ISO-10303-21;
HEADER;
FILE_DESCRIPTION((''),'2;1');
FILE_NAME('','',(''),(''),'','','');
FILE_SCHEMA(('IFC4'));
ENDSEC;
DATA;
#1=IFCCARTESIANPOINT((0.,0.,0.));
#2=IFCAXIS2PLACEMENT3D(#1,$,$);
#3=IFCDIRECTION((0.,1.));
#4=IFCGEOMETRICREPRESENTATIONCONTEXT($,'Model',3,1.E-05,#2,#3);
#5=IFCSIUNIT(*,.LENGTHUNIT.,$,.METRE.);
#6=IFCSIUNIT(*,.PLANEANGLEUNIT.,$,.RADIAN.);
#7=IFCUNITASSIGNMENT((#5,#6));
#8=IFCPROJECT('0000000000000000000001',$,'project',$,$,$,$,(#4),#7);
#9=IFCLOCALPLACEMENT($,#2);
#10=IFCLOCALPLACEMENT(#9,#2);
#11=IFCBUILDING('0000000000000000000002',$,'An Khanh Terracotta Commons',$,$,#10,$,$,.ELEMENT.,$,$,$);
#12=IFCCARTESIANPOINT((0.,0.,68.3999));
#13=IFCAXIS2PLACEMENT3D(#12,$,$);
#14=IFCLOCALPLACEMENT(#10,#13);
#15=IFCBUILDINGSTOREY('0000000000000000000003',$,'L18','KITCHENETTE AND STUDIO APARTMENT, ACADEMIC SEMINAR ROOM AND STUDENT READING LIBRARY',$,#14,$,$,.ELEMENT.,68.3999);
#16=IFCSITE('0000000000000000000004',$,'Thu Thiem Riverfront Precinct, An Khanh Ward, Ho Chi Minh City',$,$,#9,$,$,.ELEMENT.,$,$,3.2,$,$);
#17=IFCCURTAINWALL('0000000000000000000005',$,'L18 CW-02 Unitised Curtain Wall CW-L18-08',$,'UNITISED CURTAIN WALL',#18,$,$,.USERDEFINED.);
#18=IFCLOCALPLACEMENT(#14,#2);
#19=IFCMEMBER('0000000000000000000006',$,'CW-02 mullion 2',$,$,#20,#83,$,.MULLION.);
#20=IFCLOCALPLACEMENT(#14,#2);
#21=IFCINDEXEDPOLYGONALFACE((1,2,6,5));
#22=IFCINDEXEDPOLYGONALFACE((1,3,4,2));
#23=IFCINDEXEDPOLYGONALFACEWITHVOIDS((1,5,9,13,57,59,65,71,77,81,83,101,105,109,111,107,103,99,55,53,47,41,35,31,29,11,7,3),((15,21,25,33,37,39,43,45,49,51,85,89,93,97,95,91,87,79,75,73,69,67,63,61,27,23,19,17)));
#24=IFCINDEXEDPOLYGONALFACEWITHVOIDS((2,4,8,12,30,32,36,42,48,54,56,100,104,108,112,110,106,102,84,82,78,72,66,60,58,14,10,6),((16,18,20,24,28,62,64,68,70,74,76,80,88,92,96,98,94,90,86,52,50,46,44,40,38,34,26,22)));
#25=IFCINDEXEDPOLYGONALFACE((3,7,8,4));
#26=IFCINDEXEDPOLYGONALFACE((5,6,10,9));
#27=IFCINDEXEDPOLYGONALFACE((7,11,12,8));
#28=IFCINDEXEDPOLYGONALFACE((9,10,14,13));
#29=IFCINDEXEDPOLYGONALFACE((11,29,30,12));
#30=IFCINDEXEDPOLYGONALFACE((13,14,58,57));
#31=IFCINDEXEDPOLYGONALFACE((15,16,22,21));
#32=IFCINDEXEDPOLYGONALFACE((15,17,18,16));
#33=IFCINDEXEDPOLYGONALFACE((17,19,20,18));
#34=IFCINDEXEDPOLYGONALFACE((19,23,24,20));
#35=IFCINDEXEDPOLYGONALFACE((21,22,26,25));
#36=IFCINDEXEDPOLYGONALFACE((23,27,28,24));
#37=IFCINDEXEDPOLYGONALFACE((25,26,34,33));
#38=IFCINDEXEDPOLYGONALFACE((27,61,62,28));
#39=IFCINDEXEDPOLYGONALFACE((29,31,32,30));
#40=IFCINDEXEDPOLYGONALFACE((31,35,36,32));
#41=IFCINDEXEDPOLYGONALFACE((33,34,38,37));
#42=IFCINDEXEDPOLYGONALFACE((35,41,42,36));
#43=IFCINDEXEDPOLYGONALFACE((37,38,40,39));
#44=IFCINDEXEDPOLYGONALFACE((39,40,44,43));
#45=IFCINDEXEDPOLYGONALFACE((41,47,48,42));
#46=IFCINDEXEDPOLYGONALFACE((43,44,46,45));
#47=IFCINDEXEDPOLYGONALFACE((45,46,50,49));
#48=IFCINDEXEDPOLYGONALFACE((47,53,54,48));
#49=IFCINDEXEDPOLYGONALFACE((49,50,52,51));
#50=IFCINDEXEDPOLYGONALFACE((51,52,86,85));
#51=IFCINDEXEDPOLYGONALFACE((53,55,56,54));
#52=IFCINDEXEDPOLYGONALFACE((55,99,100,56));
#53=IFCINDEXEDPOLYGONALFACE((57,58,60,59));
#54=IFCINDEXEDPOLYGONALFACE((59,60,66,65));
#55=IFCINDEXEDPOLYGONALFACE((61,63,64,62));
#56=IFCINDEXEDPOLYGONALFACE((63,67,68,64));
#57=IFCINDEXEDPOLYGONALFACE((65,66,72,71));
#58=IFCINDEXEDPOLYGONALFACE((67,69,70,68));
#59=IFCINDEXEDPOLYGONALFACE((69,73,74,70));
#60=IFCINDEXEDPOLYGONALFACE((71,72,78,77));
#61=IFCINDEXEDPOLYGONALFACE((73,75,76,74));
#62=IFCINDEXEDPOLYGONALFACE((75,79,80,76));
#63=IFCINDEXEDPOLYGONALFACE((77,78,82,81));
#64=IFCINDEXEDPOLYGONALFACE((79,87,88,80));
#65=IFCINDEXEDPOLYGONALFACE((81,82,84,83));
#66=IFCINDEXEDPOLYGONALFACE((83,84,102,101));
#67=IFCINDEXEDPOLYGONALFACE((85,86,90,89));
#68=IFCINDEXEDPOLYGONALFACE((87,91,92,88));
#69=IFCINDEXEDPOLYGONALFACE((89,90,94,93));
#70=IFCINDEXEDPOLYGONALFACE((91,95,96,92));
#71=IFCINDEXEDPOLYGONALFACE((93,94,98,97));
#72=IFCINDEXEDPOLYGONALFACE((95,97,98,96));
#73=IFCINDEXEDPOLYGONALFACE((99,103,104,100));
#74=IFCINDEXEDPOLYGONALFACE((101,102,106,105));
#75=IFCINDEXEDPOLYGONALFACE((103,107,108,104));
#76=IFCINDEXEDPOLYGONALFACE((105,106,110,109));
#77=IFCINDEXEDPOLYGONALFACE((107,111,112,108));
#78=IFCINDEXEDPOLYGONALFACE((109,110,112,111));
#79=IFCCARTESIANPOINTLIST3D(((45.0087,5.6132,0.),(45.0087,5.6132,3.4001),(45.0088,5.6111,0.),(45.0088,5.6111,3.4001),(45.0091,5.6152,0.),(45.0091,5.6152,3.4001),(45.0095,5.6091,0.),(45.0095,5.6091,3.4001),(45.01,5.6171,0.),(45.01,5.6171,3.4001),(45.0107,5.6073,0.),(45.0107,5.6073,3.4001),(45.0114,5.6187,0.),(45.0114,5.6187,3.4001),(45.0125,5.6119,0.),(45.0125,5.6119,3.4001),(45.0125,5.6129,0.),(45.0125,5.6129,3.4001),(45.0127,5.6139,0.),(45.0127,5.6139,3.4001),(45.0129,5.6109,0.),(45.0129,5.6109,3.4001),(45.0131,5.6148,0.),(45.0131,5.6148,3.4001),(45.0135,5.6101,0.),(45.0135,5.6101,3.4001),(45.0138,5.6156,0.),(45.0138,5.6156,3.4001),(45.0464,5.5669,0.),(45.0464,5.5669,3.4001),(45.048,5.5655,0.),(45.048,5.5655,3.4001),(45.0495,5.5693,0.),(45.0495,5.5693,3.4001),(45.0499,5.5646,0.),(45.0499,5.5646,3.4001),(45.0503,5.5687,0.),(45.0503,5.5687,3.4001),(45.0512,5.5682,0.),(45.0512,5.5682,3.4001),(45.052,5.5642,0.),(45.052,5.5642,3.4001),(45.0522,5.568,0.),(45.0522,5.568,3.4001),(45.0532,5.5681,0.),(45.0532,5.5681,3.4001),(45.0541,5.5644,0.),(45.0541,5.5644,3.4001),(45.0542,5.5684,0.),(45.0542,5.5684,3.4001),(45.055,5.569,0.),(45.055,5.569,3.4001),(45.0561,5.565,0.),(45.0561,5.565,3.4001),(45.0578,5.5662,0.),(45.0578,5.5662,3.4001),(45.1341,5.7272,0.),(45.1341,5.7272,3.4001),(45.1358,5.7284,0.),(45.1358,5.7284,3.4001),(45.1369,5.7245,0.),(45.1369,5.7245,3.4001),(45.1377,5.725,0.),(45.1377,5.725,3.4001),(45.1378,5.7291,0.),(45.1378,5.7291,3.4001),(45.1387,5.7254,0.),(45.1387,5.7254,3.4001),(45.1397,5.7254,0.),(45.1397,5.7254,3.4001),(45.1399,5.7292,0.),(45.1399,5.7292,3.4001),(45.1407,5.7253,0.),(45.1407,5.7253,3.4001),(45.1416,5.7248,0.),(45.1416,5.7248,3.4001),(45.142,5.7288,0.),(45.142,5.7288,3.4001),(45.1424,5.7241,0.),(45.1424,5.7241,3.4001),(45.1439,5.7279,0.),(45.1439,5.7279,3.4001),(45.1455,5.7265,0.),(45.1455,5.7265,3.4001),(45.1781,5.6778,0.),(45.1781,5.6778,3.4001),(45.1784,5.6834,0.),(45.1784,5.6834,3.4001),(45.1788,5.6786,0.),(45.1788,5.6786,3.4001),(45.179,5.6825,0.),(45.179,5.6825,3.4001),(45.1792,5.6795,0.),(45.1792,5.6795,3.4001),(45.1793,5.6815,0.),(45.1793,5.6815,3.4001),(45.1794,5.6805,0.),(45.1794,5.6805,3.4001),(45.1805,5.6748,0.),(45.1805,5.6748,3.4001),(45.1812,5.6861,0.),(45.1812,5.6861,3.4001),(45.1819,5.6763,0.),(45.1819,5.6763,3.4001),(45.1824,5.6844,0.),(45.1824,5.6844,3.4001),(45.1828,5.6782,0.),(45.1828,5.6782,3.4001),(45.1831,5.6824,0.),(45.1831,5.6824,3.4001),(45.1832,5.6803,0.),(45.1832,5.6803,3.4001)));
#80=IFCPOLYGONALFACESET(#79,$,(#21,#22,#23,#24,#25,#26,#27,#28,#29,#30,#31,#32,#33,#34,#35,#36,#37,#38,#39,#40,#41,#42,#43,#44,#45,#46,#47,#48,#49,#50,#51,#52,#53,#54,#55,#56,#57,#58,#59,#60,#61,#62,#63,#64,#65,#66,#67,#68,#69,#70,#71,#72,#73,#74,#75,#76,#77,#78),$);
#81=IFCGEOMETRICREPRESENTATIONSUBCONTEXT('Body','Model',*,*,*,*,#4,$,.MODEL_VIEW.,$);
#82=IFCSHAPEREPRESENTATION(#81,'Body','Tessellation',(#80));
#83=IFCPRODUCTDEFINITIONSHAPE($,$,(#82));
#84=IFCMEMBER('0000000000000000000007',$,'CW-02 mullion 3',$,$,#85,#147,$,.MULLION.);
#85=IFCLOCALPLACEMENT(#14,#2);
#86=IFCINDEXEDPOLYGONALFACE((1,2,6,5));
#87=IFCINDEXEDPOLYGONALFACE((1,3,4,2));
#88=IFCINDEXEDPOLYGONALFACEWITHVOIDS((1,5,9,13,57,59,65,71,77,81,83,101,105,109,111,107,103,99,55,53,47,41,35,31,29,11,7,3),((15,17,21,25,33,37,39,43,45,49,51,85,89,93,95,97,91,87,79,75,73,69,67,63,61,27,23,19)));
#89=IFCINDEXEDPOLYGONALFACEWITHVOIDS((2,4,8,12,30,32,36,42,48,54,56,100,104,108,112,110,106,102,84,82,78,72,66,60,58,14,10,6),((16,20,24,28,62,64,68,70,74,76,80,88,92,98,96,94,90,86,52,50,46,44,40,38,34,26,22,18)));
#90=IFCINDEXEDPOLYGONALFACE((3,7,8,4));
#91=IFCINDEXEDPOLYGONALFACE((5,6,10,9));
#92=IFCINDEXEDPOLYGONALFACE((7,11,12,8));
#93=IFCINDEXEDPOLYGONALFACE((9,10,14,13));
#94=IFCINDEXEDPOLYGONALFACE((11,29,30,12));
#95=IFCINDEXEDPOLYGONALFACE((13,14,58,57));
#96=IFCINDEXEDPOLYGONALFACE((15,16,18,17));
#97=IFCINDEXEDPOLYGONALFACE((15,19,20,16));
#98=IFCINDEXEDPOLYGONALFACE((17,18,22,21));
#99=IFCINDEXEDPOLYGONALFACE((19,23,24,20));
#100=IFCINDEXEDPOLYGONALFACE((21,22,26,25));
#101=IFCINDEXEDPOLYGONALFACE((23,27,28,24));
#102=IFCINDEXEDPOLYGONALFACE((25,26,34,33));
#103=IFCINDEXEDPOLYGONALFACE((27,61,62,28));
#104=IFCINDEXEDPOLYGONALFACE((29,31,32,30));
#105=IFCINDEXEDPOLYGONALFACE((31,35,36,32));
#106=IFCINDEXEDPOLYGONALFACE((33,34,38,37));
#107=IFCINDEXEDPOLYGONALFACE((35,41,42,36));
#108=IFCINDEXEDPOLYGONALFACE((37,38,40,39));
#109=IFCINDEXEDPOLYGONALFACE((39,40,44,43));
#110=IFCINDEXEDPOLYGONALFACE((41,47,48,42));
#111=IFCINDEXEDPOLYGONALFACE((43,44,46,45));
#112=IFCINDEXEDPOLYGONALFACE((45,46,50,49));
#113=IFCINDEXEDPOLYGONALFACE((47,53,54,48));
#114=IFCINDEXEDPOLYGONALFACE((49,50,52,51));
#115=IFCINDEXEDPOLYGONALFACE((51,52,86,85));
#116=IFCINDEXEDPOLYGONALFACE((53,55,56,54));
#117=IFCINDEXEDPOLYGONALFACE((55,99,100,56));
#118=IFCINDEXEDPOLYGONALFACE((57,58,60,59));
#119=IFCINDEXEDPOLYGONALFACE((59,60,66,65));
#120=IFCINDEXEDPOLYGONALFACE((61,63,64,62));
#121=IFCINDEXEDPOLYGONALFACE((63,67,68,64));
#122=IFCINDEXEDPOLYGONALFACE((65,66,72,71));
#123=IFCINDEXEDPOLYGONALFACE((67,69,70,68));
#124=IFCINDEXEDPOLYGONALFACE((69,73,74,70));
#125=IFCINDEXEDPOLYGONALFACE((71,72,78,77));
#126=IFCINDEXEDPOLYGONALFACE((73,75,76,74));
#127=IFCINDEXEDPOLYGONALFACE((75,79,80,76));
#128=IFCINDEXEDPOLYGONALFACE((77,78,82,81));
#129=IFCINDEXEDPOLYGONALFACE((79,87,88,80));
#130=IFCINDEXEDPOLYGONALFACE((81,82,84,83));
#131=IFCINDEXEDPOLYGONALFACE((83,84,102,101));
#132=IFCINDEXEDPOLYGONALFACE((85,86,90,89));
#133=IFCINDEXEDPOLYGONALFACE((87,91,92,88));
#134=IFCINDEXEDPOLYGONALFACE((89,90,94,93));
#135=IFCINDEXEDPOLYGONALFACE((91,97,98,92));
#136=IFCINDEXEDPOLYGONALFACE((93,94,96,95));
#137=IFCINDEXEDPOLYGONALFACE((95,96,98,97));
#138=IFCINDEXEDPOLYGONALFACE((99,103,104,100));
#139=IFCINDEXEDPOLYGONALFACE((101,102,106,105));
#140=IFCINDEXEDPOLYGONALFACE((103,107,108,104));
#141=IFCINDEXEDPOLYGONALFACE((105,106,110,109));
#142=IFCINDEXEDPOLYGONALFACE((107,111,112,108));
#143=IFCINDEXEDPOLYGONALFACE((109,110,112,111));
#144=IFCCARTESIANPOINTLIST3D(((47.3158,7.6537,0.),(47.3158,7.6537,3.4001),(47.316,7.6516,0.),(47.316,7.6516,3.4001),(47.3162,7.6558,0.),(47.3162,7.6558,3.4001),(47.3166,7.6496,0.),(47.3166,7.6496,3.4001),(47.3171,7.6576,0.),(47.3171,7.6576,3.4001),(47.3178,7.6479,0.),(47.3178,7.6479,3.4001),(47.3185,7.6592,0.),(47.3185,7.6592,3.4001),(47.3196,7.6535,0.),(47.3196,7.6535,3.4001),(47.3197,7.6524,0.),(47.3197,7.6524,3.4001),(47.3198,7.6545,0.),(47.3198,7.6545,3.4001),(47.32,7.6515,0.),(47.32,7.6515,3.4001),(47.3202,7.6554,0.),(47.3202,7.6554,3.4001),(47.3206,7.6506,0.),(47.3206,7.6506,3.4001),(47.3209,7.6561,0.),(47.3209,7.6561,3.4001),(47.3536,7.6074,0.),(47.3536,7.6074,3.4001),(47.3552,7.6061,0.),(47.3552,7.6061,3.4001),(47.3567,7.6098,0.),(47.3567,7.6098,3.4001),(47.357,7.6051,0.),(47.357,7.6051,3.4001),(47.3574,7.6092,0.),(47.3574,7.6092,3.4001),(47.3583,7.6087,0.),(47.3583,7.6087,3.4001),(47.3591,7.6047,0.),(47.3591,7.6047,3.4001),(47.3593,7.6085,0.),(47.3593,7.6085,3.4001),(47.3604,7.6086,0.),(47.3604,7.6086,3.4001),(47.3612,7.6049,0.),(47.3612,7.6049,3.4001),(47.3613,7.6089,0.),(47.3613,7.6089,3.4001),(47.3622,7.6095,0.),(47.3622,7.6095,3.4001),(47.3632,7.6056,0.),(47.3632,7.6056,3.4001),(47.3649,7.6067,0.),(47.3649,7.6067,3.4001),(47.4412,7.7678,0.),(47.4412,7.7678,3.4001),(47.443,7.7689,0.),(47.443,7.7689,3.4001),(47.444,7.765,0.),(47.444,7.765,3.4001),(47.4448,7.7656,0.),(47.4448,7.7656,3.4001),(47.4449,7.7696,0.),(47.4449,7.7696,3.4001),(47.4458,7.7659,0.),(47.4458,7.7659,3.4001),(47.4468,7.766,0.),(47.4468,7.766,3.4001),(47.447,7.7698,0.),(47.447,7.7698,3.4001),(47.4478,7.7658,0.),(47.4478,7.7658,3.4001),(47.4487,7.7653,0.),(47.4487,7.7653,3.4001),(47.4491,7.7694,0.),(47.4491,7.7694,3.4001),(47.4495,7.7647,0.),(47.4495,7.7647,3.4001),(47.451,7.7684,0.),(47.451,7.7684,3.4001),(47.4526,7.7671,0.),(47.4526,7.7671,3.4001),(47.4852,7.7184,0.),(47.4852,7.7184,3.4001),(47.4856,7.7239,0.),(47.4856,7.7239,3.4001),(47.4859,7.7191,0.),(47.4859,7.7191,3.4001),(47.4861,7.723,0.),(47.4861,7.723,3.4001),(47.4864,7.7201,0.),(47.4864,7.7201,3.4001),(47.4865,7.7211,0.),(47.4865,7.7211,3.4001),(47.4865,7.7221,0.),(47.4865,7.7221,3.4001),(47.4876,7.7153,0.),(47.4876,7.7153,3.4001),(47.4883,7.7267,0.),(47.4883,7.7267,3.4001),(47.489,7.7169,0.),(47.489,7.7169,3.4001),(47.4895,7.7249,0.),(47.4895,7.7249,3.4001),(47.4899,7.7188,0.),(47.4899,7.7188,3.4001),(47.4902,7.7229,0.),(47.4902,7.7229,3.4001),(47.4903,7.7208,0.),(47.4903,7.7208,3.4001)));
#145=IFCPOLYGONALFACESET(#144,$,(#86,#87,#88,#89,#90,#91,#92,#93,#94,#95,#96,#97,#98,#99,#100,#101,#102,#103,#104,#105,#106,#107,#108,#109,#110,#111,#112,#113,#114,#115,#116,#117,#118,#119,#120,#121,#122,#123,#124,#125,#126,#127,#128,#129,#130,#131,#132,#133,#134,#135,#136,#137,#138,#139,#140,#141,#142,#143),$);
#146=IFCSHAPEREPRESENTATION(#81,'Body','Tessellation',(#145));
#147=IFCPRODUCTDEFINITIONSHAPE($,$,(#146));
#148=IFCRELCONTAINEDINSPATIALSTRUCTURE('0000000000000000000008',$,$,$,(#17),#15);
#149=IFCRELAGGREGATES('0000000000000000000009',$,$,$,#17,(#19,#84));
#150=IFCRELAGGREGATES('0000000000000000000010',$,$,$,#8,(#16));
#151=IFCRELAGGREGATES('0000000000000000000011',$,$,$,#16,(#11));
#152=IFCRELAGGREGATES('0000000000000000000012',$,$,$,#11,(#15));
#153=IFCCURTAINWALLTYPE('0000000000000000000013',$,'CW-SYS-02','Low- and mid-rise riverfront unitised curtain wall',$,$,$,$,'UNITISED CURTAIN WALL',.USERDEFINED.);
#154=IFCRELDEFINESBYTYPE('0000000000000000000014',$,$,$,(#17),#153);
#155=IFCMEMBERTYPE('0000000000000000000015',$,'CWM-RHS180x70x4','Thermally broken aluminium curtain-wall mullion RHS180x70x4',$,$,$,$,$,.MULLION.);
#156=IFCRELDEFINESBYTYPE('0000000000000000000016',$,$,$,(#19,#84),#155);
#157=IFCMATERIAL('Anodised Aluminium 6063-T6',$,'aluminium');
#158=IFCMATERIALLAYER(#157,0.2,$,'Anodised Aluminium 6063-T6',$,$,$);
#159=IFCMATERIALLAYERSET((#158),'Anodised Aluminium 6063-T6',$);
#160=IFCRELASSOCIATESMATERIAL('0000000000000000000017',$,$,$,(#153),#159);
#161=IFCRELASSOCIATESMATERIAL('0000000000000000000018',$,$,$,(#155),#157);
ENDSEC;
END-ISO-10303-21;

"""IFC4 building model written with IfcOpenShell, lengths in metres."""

from ifc_helpers import new_model, si_unit, direction, frame, origin, origin_2d, place, context, subcontext, project, spatial, hollow_rectangle, extrude, material, layer, layer_set, material_profile, profile_set, type_object, element, aggregate, save


model = new_model("IFC4")

# Units and contexts
model_context = context("Model", 3, precision=1e-05, world=origin(), true_north=direction((0.0, 1.0)))
body_context = subcontext(model_context, "Body", "Model", "MODEL_VIEW")
ifc_project = project(units=[si_unit("LENGTHUNIT", "METRE"), si_unit("PLANEANGLEUNIT", "RADIAN")], contexts=[model_context])

# Site, building, storey
site_placement = place(None, origin())
site = spatial("IfcSite", under=ifc_project, at=site_placement, Name="Thu Thiem Riverfront Precinct, An Khanh Ward, Ho Chi Minh City", CompositionType="ELEMENT", RefElevation=3.2)
building_placement = place(site_placement, origin())
building = spatial("IfcBuilding", under=site, at=building_placement, Name="An Khanh Terracotta Commons", CompositionType="ELEMENT")
storey_placement = place(building_placement, frame((0.0, 0.0, 68.3999)))
storey = spatial("IfcBuildingStorey", under=building, at=storey_placement, Name="L18", Description="KITCHENETTE AND STUDIO APARTMENT, ACADEMIC SEMINAR ROOM AND STUDENT READING LIBRARY", CompositionType="ELEMENT", Elevation=68.3999)

# Curtain wall, members
ifc_material_1 = material(Name="Anodised Aluminium 6063-T6", Category="aluminium")
ifc_layer_1 = layer(ifc_material_1, 0.2, Name="Anodised Aluminium 6063-T6")
ifc_layer_set_1 = layer_set([ifc_layer_1], Name="Anodised Aluminium 6063-T6")
curtain_wall_type = type_object("IfcCurtainWallType", Name="CW-SYS-02", Description="Low- and mid-rise riverfront unitised curtain wall", ElementType="UNITISED CURTAIN WALL", PredefinedType="USERDEFINED", material=ifc_layer_set_1)
curtain_wall_placement = place(storey_placement, origin())
curtain_wall = element("IfcCurtainWall", 1, at=curtain_wall_placement, inside=storey, type_object=curtain_wall_type, Name="L18 CW-02 Unitised Curtain Wall CW-L18-08", ObjectType="UNITISED CURTAIN WALL", PredefinedType="USERDEFINED")
ifc_material_profile_1 = material_profile(ifc_material_1, hollow_rectangle(XDim=0.0701, YDim=0.1799, WallThickness=0.0039, InnerFilletRadius=0.0039, OuterFilletRadius=0.0081, at=origin_2d()), Name="RHS180x70x4")
ifc_profile_set_1 = profile_set([ifc_material_profile_1], Name="Anodised Aluminium 6063-T6")
member_type_1 = type_object("IfcMemberType", Name="CWM-RHS180x70x4", Description="Thermally broken aluminium curtain-wall mullion RHS180x70x4", PredefinedType="MULLION", material=ifc_profile_set_1)
member_1_placement = place(storey_placement, frame((45.0959, 5.6467, 0.0), z_axis=(0.0, 0.0, 1.0), x_axis=(-0.662548, 0.749019, 0.0)))
member_1 = element("IfcMember", 2, at=member_1_placement, type_object=member_type_1, Name="CW-02 mullion 2", PredefinedType="MULLION", context=body_context, shape_type="SweptSolid", body=[
    extrude(hollow_rectangle(XDim=0.0701, YDim=0.1799, WallThickness=0.0039, InnerFilletRadius=0.0039, OuterFilletRadius=0.0081, at=origin_2d()), origin(), (0.0, 0.0, 1.0), 3.4001),
])
member_2_placement = place(storey_placement, frame((47.4031, 7.6873, 0.0), z_axis=(0.0, 0.0, 1.0), x_axis=(-0.662548, 0.749019, 0.0)))
member_2 = element("IfcMember", 3, at=member_2_placement, type_object=member_type_1, Name="CW-02 mullion 3", PredefinedType="MULLION", context=body_context, shape_type="SweptSolid", body=[
    extrude(hollow_rectangle(XDim=0.0701, YDim=0.1799, WallThickness=0.0039, InnerFilletRadius=0.0039, OuterFilletRadius=0.0081, at=origin_2d()), origin(), (0.0, 0.0, 1.0), 3.4001),
])
aggregate(curtain_wall, [member_1, member_2])

save(model, "model.ifc")
